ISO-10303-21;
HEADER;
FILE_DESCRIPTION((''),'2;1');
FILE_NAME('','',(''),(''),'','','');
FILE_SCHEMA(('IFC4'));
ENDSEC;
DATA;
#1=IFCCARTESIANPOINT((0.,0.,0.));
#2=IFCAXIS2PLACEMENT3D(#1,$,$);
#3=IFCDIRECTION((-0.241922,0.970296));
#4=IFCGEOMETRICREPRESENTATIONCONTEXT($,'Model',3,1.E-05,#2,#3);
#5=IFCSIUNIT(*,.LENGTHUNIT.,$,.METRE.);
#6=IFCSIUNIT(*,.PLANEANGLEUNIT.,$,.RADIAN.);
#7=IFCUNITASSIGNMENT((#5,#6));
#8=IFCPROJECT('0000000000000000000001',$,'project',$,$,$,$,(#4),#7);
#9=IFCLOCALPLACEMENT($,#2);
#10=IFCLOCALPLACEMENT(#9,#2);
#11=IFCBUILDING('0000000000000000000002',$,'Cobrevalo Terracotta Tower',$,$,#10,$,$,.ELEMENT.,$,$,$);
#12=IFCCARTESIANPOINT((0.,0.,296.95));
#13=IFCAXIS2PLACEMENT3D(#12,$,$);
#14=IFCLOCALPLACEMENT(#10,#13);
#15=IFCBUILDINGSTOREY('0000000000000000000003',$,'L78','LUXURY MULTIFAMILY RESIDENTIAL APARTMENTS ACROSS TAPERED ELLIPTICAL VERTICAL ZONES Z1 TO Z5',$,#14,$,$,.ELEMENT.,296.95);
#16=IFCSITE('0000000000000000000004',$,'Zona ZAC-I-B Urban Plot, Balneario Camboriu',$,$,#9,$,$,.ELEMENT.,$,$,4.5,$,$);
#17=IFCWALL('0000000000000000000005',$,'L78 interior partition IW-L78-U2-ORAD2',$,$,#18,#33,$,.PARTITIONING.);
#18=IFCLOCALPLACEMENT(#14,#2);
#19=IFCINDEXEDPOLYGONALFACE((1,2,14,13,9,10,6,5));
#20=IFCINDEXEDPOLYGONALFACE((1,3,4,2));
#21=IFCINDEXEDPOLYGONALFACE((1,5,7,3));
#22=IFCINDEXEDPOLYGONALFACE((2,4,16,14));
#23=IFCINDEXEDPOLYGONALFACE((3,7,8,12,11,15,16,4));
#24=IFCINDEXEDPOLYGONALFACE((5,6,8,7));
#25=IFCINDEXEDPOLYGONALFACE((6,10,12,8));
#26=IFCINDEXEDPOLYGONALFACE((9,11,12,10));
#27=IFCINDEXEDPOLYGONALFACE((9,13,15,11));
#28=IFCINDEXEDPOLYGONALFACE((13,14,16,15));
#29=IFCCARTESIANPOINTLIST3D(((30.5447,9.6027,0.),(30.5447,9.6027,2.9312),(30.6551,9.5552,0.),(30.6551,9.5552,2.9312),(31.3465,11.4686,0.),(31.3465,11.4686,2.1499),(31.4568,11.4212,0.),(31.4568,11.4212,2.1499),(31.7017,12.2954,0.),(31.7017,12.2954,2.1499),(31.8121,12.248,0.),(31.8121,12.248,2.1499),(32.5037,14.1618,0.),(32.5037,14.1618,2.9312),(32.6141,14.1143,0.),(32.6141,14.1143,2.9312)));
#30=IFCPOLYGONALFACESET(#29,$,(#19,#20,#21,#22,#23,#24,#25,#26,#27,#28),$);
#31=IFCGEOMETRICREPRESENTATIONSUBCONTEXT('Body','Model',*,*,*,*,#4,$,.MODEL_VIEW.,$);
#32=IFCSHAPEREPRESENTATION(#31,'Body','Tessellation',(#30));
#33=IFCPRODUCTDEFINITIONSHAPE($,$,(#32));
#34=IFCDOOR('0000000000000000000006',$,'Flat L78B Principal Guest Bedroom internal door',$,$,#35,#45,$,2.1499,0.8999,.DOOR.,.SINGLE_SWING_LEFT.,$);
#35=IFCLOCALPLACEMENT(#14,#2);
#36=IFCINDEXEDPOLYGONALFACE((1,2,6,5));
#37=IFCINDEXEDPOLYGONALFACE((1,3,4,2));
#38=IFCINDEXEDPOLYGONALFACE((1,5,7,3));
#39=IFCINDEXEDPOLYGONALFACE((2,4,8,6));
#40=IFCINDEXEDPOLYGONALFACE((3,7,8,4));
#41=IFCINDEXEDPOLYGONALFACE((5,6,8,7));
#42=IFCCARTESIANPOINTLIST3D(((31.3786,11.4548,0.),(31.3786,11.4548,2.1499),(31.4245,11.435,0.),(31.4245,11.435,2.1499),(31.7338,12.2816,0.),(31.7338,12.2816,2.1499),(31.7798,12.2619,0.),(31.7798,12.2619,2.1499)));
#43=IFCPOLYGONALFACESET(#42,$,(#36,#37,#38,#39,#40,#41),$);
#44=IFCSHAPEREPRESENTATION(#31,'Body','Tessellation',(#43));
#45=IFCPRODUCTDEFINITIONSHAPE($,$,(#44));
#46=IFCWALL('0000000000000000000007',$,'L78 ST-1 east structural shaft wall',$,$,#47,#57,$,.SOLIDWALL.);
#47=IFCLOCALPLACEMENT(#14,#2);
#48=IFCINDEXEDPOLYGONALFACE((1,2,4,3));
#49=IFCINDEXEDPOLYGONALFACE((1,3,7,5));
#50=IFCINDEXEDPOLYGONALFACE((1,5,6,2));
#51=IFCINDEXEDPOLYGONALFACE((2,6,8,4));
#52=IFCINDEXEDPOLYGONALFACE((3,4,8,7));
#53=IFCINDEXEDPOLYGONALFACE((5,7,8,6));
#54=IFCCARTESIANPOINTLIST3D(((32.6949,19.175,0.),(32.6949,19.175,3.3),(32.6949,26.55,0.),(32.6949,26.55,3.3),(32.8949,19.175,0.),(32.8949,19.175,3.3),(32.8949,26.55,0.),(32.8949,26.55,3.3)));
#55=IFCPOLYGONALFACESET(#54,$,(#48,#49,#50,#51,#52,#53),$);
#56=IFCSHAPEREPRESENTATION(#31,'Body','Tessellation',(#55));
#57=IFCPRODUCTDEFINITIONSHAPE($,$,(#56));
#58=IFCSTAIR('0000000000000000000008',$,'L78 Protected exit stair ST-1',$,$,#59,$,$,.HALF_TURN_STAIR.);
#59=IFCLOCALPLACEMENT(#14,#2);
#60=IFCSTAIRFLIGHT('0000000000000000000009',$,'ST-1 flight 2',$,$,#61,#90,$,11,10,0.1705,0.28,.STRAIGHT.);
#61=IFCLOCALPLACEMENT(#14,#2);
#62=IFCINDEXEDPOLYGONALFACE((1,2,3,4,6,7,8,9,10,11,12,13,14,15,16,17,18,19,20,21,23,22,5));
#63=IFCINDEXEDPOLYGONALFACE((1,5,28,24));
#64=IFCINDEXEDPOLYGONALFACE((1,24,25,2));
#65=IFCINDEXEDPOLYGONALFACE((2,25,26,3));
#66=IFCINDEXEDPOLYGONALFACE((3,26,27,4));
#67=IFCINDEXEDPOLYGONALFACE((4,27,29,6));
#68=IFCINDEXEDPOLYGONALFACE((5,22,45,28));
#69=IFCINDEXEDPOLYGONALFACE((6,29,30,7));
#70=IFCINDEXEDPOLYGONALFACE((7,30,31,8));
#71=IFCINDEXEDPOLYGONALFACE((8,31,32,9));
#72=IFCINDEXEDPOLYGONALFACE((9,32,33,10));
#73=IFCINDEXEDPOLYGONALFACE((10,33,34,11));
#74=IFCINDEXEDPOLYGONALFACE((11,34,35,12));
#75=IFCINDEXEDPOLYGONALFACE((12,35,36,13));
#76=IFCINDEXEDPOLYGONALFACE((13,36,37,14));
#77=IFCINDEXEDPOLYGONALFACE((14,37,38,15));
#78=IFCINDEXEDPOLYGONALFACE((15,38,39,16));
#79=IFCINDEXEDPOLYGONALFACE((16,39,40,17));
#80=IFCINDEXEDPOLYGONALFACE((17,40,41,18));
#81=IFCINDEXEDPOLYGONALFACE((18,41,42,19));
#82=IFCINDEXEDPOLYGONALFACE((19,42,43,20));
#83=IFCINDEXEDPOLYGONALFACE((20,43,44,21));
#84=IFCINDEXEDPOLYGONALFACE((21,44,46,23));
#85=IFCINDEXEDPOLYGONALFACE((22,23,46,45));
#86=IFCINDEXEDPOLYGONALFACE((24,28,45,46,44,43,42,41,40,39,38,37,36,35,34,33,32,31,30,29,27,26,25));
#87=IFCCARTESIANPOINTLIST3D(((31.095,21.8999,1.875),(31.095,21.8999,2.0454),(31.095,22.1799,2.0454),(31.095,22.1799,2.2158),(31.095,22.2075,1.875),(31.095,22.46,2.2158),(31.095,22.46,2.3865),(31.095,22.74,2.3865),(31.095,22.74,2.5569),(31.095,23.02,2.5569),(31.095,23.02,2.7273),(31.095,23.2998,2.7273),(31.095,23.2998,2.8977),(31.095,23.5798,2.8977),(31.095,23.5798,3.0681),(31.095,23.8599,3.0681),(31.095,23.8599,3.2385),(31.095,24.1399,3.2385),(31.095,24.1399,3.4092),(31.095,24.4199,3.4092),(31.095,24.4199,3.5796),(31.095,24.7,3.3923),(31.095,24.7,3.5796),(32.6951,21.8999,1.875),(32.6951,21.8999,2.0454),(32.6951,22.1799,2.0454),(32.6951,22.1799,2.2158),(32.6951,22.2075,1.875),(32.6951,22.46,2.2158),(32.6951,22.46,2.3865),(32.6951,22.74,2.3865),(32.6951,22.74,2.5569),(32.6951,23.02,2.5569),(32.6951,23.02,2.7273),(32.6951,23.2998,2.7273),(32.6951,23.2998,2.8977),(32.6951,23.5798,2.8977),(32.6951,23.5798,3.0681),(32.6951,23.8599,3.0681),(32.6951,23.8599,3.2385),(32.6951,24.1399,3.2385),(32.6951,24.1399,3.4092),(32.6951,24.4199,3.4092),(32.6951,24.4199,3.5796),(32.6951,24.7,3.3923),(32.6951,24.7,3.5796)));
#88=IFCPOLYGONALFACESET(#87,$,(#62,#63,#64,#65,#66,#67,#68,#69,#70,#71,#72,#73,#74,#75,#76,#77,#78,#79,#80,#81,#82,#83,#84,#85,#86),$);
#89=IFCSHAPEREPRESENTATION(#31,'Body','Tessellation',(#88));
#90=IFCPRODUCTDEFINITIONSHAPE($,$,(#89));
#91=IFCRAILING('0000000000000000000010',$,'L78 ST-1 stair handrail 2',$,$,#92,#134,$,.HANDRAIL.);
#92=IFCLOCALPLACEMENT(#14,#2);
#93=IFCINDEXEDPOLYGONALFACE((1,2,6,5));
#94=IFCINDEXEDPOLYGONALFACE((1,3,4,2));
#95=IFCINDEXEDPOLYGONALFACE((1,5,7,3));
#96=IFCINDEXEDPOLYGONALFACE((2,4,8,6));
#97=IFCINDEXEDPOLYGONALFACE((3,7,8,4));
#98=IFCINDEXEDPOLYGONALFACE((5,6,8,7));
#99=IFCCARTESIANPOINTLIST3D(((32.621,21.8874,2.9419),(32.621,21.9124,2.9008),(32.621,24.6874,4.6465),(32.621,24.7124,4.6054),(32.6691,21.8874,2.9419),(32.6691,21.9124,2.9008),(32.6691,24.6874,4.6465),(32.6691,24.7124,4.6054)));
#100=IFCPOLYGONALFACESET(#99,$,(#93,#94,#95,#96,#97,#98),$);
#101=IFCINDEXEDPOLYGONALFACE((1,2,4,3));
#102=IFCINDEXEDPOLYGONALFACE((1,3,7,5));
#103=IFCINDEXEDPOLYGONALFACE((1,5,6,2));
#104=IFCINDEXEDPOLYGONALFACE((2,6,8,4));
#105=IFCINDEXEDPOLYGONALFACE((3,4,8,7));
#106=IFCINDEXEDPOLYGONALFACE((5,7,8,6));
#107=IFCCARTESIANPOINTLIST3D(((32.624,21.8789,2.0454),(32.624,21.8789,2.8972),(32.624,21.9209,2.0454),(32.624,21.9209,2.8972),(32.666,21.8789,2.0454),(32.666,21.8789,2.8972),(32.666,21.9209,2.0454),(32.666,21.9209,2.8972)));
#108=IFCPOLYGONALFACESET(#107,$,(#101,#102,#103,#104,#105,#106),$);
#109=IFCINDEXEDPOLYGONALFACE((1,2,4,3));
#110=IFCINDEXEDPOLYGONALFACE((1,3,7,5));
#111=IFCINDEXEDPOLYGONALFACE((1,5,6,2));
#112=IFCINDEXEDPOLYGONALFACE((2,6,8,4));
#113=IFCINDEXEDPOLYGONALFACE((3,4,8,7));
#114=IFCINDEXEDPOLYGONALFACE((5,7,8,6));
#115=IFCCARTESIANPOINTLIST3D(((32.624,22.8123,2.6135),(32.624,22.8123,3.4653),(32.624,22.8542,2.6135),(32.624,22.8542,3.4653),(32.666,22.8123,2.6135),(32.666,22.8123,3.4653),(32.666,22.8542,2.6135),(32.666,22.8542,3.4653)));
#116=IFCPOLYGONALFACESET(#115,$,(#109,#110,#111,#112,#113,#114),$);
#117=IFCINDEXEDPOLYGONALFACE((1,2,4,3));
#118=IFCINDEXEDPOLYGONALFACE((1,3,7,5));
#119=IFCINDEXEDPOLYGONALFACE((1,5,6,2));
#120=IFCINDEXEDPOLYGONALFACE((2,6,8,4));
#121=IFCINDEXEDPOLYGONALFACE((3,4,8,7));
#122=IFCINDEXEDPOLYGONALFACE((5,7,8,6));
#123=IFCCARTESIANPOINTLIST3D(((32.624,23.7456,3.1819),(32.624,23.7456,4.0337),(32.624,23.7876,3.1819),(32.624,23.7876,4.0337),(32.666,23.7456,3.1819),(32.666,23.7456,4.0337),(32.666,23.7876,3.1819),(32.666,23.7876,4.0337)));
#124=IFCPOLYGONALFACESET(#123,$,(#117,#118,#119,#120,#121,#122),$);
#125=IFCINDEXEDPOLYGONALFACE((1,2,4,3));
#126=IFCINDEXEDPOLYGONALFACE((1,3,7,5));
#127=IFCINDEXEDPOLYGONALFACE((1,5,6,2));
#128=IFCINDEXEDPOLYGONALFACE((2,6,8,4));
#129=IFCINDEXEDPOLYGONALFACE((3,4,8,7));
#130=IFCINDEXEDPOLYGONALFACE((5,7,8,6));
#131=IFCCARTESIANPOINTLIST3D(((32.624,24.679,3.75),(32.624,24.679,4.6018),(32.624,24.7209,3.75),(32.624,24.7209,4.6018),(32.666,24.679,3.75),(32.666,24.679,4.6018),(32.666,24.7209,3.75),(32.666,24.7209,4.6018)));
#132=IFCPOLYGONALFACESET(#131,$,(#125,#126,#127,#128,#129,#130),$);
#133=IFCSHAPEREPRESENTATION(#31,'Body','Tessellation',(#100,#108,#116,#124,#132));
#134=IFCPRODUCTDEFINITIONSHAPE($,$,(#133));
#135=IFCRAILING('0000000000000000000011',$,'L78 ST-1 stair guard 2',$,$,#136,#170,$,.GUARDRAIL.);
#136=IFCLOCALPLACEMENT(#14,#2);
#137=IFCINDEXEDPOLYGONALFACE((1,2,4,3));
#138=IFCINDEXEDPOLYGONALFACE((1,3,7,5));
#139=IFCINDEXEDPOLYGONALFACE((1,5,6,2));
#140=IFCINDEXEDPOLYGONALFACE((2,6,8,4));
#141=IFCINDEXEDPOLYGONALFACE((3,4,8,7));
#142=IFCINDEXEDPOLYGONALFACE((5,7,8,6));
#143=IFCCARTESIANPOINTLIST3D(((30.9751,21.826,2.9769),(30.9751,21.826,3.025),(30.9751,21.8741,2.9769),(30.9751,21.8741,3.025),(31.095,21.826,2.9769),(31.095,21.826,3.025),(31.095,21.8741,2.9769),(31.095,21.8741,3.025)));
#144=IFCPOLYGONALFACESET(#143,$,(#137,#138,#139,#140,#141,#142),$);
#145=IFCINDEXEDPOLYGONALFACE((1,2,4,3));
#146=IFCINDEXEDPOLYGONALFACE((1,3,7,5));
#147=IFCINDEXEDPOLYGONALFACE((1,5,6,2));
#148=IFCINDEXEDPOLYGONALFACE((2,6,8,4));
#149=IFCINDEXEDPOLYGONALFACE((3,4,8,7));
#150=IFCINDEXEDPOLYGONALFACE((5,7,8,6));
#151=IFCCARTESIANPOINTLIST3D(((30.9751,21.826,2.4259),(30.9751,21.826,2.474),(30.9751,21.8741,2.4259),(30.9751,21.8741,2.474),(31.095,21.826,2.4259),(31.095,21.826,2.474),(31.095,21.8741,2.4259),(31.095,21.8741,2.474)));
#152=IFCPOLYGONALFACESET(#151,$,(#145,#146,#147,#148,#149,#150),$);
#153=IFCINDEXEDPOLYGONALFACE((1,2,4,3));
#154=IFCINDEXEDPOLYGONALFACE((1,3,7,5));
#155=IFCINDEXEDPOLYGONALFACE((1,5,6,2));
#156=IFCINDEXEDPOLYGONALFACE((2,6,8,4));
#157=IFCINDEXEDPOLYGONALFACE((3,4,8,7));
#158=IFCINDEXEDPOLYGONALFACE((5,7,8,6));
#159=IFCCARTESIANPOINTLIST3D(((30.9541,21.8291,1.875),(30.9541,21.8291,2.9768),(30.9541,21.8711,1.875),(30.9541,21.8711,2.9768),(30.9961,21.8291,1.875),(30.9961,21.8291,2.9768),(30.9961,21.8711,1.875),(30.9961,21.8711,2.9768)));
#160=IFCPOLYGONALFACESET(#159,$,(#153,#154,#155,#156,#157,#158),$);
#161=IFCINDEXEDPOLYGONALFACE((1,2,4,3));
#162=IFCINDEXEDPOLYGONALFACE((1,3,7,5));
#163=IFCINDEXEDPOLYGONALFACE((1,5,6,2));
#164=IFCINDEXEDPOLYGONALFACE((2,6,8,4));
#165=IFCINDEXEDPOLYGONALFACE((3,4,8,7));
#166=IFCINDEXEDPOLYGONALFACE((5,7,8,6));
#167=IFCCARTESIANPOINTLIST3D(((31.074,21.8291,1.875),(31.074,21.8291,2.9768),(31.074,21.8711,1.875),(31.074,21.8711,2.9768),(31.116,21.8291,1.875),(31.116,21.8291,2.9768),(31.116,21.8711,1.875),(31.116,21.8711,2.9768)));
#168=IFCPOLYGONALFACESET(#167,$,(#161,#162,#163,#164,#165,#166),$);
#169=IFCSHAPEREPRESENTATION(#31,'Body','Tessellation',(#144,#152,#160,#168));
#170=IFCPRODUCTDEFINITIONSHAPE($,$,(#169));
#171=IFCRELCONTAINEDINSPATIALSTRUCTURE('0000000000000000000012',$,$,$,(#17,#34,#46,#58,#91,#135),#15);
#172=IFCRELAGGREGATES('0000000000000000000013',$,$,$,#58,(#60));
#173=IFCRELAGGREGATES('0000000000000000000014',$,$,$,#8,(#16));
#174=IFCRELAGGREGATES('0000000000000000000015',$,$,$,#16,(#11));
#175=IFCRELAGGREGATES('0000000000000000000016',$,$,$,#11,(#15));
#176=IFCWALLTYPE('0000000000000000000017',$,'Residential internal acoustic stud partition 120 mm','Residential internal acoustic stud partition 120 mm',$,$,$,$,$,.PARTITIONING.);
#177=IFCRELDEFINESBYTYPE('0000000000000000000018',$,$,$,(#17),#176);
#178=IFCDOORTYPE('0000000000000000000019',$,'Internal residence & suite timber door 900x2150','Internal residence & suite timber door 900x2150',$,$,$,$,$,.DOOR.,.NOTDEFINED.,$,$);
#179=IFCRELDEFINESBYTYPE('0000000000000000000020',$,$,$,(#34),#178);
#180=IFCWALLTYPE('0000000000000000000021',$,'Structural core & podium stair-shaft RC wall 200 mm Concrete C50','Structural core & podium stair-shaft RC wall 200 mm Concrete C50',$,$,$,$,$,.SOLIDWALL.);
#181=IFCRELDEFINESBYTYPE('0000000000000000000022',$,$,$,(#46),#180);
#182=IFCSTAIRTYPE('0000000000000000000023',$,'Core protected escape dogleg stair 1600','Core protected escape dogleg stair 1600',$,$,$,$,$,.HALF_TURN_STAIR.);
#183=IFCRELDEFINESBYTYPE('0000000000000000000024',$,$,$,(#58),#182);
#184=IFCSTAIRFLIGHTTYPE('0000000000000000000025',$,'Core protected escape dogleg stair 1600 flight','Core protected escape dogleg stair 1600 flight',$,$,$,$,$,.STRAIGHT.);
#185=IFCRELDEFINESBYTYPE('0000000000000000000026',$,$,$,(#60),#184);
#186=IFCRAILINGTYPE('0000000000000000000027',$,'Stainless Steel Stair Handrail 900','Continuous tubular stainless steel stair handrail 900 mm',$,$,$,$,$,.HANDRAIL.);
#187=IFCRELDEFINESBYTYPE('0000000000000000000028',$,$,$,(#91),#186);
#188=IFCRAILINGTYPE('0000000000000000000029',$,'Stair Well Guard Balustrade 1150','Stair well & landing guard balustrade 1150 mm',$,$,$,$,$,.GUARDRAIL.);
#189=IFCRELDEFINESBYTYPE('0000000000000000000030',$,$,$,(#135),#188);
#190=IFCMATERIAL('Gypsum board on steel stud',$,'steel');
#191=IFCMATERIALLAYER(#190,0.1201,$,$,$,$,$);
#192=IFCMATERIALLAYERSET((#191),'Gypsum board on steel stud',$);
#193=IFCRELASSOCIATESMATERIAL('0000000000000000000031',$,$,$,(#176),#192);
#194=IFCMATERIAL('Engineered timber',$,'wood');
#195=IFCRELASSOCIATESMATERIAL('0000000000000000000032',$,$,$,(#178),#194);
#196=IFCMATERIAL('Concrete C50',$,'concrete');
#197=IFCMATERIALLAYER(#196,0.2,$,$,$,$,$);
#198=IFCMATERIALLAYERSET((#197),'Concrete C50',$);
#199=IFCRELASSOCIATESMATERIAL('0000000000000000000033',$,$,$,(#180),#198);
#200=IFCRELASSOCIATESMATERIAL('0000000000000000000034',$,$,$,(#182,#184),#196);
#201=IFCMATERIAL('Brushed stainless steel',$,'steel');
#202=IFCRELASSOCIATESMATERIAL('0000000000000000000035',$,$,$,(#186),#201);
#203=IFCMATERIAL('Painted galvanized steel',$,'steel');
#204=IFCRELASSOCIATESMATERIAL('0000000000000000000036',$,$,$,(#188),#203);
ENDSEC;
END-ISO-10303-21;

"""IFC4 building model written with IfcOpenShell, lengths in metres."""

from ifc_helpers import new_model, si_unit, direction, frame, frame_2d, origin, origin_2d, place, context, subcontext, project, spatial, polyline, rectangle, outline, extrude, source, transform, mapped, material, layer, layer_set, type_object, element, fill, aggregate, save


model = new_model("IFC4")

# Units and contexts
model_context = context("Model", 3, precision=1e-05, world=origin(), true_north=direction((-0.241922, 0.970296)))
body_context = subcontext(model_context, "Body", "Model", "MODEL_VIEW")
ifc_project = project(units=[si_unit("LENGTHUNIT", "METRE"), si_unit("PLANEANGLEUNIT", "RADIAN")], contexts=[model_context])

# Site, building, storey
site_placement = place(None, origin())
site = spatial("IfcSite", under=ifc_project, at=site_placement, Name="Zona ZAC-I-B Urban Plot, Balneario Camboriu", CompositionType="ELEMENT", RefElevation=4.5)
building_placement = place(site_placement, origin())
building = spatial("IfcBuilding", under=site, at=building_placement, Name="Cobrevalo Terracotta Tower", CompositionType="ELEMENT")
storey_placement = place(building_placement, frame((0.0, 0.0, 296.95)))
storey = spatial("IfcBuildingStorey", under=building, at=storey_placement, Name="L78", Description="LUXURY MULTIFAMILY RESIDENTIAL APARTMENTS ACROSS TAPERED ELLIPTICAL VERTICAL ZONES Z1 TO Z5", CompositionType="ELEMENT", Elevation=296.95)

# Shared definitions
ifc_material_1 = material(Name="Concrete C50", Category="concrete")

# Shared definitions
ifc_material_2 = material(Name="Gypsum board on steel stud", Category="steel")

# Wall, opening, door
ifc_layer_1 = layer(ifc_material_2, 0.1201)
ifc_layer_set_1 = layer_set([ifc_layer_1], Name="Gypsum board on steel stud")
wall_type_1 = type_object("IfcWallType", Name="Residential internal acoustic stud partition 120 mm", Description="Residential internal acoustic stud partition 120 mm", PredefinedType="PARTITIONING", material=ifc_layer_set_1)
wall_1_placement = place(storey_placement, frame((32.5588, 14.1379, 0.0), z_axis=(0.0, 0.0, 1.0), x_axis=(-0.394786, -0.918773, 0.0)))
wall_1 = element("IfcWall", 1, at=wall_1_placement, inside=storey, type_object=wall_type_1, Name="L78 interior partition IW-L78-U2-ORAD2", PredefinedType="PARTITIONING", context=body_context, shape_type="SweptSolid", body=[
    extrude(rectangle(XDim=4.9622, YDim=0.1201, at=frame_2d((2.481, 0.0))), origin(), (0.0, 0.0, 1.0), 2.9312),
])
opening_1_placement = place(wall_1_placement, frame((2.0312, 0.0, 0.0)))
opening_1 = element("IfcOpeningElement", 2, at=opening_1_placement, cuts=wall_1, PredefinedType="OPENING", context=body_context, shape_type="SweptSolid", body=[
    extrude(rectangle(XDim=0.8999, YDim=2.1499, at=frame_2d((0.45, 1.075))), frame((0.0, 0.0701, 0.0), z_axis=(0.0, -1.0, 0.0), x_axis=(1.0, 0.0, 0.0)), (0.0, 0.0, 1.0), 0.1401),
])
ifc_material_3 = material(Name="Engineered timber", Category="wood")
door_type_1 = type_object("IfcDoorType", Name="Internal residence & suite timber door 900x2150", Description="Internal residence & suite timber door 900x2150", OperationType="NOTDEFINED", PredefinedType="DOOR", material=ifc_material_3)
shared_shape_1 = source(origin(), body_context, "Body", "SweptSolid", [
    extrude(rectangle(XDim=0.8999, YDim=2.1499, at=frame_2d((0.45, 1.075))), frame((0.0, 0.0249, 0.0), z_axis=(0.0, -1.0, 0.0), x_axis=(1.0, 0.0, 0.0)), (0.0, 0.0, 1.0), 0.05),
])
door_1_placement = place(opening_1_placement, origin())
door_1 = element("IfcDoor", 3, at=door_1_placement, inside=storey, type_object=door_type_1, Name="Flat L78B Principal Guest Bedroom internal door", OperationType="SINGLE_SWING_LEFT", OverallHeight=2.1499, OverallWidth=0.8999, PredefinedType="DOOR", context=body_context, shape_type="MappedRepresentation", body=[
    mapped(shared_shape_1, transform((0.0, 0.0, 0.0), scale=1.0)),
])
fill(opening_1, door_1)

# Wall
ifc_layer_2 = layer(ifc_material_1, 0.2)
ifc_layer_set_2 = layer_set([ifc_layer_2], Name="Concrete C50")
wall_type_2 = type_object("IfcWallType", Name="Structural core & podium stair-shaft RC wall 200 mm Concrete C50", Description="Structural core & podium stair-shaft RC wall 200 mm Concrete C50", PredefinedType="SOLIDWALL", material=ifc_layer_set_2)
wall_2_placement = place(storey_placement, frame((32.7949, 19.175, 0.0), z_axis=(0.0, 0.0, 1.0), x_axis=(0.0, 1.0, 0.0)))
element("IfcWall", 4, at=wall_2_placement, inside=storey, type_object=wall_type_2, Name="L78 ST-1 east structural shaft wall", PredefinedType="SOLIDWALL", context=body_context, shape_type="SweptSolid", body=[
    extrude(rectangle(XDim=7.375, YDim=0.2, at=frame_2d((3.6875, 0.0))), origin(), (0.0, 0.0, 1.0), 3.3),
])

# Stair, stair flight
stair_type = type_object("IfcStairType", Name="Core protected escape dogleg stair 1600", Description="Core protected escape dogleg stair 1600", PredefinedType="HALF_TURN_STAIR", material=ifc_material_1)
stair_placement = place(storey_placement, origin())
stair = element("IfcStair", 5, at=stair_placement, inside=storey, type_object=stair_type, Name="L78 Protected exit stair ST-1", PredefinedType="HALF_TURN_STAIR")
stair_flight_type = type_object("IfcStairFlightType", Name="Core protected escape dogleg stair 1600 flight", Description="Core protected escape dogleg stair 1600 flight", PredefinedType="STRAIGHT", material=ifc_material_1)
stair_flight_placement = place(storey_placement, frame((31.895, 21.8999, 1.875), z_axis=(0.0, 0.0, 1.0), x_axis=(0.0, 1.0, 0.0)))
stair_flight = element("IfcStairFlight", 6, at=stair_flight_placement, type_object=stair_flight_type, Name="ST-1 flight 2", NumberOfRisers=11, NumberOfTreads=10, PredefinedType="STRAIGHT", RiserHeight=0.1705, TreadLength=0.28, context=body_context, shape_type="SweptSolid", body=[
    extrude(outline(polyline([(0.0, 0.0), (0.0, 0.1704), (0.28, 0.1704), (0.28, 0.3408), (0.5601, 0.3408), (0.5601, 0.5115), (0.8401, 0.5115), (0.8401, 0.6819), (1.1201, 0.6819), (1.1201, 0.8523), (1.3999, 0.8523), (1.3999, 1.0227), (1.6799, 1.0227), (1.6799, 1.1931), (1.96, 1.1931), (1.96, 1.3635), (2.24, 1.3635), (2.24, 1.5342), (2.52, 1.5342), (2.52, 1.7046), (2.8, 1.7046), (2.8, 1.875), (2.8, 1.5173), (0.3076, 0.0), (0.0, 0.0)])), frame((0.0, 0.8, 0.0), z_axis=(0.0, -1.0, 0.0), x_axis=(1.0, 0.0, 0.0)), (0.0, 0.0, 1.0), 1.6001),
])
aggregate(stair, [stair_flight])

# Railings
ifc_material_4 = material(Name="Brushed stainless steel", Category="steel")
railing_type_1 = type_object("IfcRailingType", Name="Stainless Steel Stair Handrail 900", Description="Continuous tubular stainless steel stair handrail 900 mm", PredefinedType="HANDRAIL", material=ifc_material_4)
railing_1_placement = place(storey_placement, frame((32.645, 21.8999, 2.0454)))
element("IfcRailing", 7, at=railing_1_placement, inside=storey, type_object=railing_type_1, Name="L78 ST-1 stair handrail 2", PredefinedType="HANDRAIL", context=body_context, shape_type="SweptSolid", body=[
    extrude(rectangle(XDim=0.0481, YDim=0.0481, at=origin_2d()), frame((0.0, 0.0, 0.876), z_axis=(0.0, 0.85417, 0.519994), x_axis=(-1.0, 0.0, 0.0)), (0.0, 0.0, 1.0), 3.2781),
    extrude(rectangle(XDim=0.042, YDim=0.042, at=origin_2d()), origin(), (0.0, 0.0, 1.0), 0.8518),
    extrude(rectangle(XDim=0.042, YDim=0.042, at=origin_2d()), frame((0.0, 0.9333, 0.5681)), (0.0, 0.0, 1.0), 0.8518),
    extrude(rectangle(XDim=0.042, YDim=0.042, at=origin_2d()), frame((0.0, 1.8667, 1.1365)), (0.0, 0.0, 1.0), 0.8518),
    extrude(rectangle(XDim=0.042, YDim=0.042, at=origin_2d()), frame((0.0, 2.8, 1.7046)), (0.0, 0.0, 1.0), 0.8518),
])
ifc_material_5 = material(Name="Painted galvanized steel", Category="steel")
railing_type_2 = type_object("IfcRailingType", Name="Stair Well Guard Balustrade 1150", Description="Stair well & landing guard balustrade 1150 mm", PredefinedType="GUARDRAIL", material=ifc_material_5)
railing_2_placement = place(storey_placement, frame((30.9751, 21.8501, 1.875)))
element("IfcRailing", 8, at=railing_2_placement, inside=storey, type_object=railing_type_2, Name="L78 ST-1 stair guard 2", PredefinedType="GUARDRAIL", context=body_context, shape_type="SweptSolid", body=[
    extrude(rectangle(XDim=0.0481, YDim=0.0481, at=origin_2d()), frame((0.0, 0.0, 1.126), z_axis=(1.0, 0.0, 0.0), x_axis=(0.0, 1.0, 0.0)), (0.0, 0.0, 1.0), 0.1199),
    extrude(rectangle(XDim=0.0481, YDim=0.0481, at=origin_2d()), frame((0.0, 0.0, 0.575), z_axis=(1.0, 0.0, 0.0), x_axis=(0.0, 1.0, 0.0)), (0.0, 0.0, 1.0), 0.1199),
    extrude(rectangle(XDim=0.042, YDim=0.042, at=origin_2d()), origin(), (0.0, 0.0, 1.0), 1.1018),
    extrude(rectangle(XDim=0.042, YDim=0.042, at=origin_2d()), frame((0.1199, 0.0, 0.0)), (0.0, 0.0, 1.0), 1.1018),
])

save(model, "model.ifc")
